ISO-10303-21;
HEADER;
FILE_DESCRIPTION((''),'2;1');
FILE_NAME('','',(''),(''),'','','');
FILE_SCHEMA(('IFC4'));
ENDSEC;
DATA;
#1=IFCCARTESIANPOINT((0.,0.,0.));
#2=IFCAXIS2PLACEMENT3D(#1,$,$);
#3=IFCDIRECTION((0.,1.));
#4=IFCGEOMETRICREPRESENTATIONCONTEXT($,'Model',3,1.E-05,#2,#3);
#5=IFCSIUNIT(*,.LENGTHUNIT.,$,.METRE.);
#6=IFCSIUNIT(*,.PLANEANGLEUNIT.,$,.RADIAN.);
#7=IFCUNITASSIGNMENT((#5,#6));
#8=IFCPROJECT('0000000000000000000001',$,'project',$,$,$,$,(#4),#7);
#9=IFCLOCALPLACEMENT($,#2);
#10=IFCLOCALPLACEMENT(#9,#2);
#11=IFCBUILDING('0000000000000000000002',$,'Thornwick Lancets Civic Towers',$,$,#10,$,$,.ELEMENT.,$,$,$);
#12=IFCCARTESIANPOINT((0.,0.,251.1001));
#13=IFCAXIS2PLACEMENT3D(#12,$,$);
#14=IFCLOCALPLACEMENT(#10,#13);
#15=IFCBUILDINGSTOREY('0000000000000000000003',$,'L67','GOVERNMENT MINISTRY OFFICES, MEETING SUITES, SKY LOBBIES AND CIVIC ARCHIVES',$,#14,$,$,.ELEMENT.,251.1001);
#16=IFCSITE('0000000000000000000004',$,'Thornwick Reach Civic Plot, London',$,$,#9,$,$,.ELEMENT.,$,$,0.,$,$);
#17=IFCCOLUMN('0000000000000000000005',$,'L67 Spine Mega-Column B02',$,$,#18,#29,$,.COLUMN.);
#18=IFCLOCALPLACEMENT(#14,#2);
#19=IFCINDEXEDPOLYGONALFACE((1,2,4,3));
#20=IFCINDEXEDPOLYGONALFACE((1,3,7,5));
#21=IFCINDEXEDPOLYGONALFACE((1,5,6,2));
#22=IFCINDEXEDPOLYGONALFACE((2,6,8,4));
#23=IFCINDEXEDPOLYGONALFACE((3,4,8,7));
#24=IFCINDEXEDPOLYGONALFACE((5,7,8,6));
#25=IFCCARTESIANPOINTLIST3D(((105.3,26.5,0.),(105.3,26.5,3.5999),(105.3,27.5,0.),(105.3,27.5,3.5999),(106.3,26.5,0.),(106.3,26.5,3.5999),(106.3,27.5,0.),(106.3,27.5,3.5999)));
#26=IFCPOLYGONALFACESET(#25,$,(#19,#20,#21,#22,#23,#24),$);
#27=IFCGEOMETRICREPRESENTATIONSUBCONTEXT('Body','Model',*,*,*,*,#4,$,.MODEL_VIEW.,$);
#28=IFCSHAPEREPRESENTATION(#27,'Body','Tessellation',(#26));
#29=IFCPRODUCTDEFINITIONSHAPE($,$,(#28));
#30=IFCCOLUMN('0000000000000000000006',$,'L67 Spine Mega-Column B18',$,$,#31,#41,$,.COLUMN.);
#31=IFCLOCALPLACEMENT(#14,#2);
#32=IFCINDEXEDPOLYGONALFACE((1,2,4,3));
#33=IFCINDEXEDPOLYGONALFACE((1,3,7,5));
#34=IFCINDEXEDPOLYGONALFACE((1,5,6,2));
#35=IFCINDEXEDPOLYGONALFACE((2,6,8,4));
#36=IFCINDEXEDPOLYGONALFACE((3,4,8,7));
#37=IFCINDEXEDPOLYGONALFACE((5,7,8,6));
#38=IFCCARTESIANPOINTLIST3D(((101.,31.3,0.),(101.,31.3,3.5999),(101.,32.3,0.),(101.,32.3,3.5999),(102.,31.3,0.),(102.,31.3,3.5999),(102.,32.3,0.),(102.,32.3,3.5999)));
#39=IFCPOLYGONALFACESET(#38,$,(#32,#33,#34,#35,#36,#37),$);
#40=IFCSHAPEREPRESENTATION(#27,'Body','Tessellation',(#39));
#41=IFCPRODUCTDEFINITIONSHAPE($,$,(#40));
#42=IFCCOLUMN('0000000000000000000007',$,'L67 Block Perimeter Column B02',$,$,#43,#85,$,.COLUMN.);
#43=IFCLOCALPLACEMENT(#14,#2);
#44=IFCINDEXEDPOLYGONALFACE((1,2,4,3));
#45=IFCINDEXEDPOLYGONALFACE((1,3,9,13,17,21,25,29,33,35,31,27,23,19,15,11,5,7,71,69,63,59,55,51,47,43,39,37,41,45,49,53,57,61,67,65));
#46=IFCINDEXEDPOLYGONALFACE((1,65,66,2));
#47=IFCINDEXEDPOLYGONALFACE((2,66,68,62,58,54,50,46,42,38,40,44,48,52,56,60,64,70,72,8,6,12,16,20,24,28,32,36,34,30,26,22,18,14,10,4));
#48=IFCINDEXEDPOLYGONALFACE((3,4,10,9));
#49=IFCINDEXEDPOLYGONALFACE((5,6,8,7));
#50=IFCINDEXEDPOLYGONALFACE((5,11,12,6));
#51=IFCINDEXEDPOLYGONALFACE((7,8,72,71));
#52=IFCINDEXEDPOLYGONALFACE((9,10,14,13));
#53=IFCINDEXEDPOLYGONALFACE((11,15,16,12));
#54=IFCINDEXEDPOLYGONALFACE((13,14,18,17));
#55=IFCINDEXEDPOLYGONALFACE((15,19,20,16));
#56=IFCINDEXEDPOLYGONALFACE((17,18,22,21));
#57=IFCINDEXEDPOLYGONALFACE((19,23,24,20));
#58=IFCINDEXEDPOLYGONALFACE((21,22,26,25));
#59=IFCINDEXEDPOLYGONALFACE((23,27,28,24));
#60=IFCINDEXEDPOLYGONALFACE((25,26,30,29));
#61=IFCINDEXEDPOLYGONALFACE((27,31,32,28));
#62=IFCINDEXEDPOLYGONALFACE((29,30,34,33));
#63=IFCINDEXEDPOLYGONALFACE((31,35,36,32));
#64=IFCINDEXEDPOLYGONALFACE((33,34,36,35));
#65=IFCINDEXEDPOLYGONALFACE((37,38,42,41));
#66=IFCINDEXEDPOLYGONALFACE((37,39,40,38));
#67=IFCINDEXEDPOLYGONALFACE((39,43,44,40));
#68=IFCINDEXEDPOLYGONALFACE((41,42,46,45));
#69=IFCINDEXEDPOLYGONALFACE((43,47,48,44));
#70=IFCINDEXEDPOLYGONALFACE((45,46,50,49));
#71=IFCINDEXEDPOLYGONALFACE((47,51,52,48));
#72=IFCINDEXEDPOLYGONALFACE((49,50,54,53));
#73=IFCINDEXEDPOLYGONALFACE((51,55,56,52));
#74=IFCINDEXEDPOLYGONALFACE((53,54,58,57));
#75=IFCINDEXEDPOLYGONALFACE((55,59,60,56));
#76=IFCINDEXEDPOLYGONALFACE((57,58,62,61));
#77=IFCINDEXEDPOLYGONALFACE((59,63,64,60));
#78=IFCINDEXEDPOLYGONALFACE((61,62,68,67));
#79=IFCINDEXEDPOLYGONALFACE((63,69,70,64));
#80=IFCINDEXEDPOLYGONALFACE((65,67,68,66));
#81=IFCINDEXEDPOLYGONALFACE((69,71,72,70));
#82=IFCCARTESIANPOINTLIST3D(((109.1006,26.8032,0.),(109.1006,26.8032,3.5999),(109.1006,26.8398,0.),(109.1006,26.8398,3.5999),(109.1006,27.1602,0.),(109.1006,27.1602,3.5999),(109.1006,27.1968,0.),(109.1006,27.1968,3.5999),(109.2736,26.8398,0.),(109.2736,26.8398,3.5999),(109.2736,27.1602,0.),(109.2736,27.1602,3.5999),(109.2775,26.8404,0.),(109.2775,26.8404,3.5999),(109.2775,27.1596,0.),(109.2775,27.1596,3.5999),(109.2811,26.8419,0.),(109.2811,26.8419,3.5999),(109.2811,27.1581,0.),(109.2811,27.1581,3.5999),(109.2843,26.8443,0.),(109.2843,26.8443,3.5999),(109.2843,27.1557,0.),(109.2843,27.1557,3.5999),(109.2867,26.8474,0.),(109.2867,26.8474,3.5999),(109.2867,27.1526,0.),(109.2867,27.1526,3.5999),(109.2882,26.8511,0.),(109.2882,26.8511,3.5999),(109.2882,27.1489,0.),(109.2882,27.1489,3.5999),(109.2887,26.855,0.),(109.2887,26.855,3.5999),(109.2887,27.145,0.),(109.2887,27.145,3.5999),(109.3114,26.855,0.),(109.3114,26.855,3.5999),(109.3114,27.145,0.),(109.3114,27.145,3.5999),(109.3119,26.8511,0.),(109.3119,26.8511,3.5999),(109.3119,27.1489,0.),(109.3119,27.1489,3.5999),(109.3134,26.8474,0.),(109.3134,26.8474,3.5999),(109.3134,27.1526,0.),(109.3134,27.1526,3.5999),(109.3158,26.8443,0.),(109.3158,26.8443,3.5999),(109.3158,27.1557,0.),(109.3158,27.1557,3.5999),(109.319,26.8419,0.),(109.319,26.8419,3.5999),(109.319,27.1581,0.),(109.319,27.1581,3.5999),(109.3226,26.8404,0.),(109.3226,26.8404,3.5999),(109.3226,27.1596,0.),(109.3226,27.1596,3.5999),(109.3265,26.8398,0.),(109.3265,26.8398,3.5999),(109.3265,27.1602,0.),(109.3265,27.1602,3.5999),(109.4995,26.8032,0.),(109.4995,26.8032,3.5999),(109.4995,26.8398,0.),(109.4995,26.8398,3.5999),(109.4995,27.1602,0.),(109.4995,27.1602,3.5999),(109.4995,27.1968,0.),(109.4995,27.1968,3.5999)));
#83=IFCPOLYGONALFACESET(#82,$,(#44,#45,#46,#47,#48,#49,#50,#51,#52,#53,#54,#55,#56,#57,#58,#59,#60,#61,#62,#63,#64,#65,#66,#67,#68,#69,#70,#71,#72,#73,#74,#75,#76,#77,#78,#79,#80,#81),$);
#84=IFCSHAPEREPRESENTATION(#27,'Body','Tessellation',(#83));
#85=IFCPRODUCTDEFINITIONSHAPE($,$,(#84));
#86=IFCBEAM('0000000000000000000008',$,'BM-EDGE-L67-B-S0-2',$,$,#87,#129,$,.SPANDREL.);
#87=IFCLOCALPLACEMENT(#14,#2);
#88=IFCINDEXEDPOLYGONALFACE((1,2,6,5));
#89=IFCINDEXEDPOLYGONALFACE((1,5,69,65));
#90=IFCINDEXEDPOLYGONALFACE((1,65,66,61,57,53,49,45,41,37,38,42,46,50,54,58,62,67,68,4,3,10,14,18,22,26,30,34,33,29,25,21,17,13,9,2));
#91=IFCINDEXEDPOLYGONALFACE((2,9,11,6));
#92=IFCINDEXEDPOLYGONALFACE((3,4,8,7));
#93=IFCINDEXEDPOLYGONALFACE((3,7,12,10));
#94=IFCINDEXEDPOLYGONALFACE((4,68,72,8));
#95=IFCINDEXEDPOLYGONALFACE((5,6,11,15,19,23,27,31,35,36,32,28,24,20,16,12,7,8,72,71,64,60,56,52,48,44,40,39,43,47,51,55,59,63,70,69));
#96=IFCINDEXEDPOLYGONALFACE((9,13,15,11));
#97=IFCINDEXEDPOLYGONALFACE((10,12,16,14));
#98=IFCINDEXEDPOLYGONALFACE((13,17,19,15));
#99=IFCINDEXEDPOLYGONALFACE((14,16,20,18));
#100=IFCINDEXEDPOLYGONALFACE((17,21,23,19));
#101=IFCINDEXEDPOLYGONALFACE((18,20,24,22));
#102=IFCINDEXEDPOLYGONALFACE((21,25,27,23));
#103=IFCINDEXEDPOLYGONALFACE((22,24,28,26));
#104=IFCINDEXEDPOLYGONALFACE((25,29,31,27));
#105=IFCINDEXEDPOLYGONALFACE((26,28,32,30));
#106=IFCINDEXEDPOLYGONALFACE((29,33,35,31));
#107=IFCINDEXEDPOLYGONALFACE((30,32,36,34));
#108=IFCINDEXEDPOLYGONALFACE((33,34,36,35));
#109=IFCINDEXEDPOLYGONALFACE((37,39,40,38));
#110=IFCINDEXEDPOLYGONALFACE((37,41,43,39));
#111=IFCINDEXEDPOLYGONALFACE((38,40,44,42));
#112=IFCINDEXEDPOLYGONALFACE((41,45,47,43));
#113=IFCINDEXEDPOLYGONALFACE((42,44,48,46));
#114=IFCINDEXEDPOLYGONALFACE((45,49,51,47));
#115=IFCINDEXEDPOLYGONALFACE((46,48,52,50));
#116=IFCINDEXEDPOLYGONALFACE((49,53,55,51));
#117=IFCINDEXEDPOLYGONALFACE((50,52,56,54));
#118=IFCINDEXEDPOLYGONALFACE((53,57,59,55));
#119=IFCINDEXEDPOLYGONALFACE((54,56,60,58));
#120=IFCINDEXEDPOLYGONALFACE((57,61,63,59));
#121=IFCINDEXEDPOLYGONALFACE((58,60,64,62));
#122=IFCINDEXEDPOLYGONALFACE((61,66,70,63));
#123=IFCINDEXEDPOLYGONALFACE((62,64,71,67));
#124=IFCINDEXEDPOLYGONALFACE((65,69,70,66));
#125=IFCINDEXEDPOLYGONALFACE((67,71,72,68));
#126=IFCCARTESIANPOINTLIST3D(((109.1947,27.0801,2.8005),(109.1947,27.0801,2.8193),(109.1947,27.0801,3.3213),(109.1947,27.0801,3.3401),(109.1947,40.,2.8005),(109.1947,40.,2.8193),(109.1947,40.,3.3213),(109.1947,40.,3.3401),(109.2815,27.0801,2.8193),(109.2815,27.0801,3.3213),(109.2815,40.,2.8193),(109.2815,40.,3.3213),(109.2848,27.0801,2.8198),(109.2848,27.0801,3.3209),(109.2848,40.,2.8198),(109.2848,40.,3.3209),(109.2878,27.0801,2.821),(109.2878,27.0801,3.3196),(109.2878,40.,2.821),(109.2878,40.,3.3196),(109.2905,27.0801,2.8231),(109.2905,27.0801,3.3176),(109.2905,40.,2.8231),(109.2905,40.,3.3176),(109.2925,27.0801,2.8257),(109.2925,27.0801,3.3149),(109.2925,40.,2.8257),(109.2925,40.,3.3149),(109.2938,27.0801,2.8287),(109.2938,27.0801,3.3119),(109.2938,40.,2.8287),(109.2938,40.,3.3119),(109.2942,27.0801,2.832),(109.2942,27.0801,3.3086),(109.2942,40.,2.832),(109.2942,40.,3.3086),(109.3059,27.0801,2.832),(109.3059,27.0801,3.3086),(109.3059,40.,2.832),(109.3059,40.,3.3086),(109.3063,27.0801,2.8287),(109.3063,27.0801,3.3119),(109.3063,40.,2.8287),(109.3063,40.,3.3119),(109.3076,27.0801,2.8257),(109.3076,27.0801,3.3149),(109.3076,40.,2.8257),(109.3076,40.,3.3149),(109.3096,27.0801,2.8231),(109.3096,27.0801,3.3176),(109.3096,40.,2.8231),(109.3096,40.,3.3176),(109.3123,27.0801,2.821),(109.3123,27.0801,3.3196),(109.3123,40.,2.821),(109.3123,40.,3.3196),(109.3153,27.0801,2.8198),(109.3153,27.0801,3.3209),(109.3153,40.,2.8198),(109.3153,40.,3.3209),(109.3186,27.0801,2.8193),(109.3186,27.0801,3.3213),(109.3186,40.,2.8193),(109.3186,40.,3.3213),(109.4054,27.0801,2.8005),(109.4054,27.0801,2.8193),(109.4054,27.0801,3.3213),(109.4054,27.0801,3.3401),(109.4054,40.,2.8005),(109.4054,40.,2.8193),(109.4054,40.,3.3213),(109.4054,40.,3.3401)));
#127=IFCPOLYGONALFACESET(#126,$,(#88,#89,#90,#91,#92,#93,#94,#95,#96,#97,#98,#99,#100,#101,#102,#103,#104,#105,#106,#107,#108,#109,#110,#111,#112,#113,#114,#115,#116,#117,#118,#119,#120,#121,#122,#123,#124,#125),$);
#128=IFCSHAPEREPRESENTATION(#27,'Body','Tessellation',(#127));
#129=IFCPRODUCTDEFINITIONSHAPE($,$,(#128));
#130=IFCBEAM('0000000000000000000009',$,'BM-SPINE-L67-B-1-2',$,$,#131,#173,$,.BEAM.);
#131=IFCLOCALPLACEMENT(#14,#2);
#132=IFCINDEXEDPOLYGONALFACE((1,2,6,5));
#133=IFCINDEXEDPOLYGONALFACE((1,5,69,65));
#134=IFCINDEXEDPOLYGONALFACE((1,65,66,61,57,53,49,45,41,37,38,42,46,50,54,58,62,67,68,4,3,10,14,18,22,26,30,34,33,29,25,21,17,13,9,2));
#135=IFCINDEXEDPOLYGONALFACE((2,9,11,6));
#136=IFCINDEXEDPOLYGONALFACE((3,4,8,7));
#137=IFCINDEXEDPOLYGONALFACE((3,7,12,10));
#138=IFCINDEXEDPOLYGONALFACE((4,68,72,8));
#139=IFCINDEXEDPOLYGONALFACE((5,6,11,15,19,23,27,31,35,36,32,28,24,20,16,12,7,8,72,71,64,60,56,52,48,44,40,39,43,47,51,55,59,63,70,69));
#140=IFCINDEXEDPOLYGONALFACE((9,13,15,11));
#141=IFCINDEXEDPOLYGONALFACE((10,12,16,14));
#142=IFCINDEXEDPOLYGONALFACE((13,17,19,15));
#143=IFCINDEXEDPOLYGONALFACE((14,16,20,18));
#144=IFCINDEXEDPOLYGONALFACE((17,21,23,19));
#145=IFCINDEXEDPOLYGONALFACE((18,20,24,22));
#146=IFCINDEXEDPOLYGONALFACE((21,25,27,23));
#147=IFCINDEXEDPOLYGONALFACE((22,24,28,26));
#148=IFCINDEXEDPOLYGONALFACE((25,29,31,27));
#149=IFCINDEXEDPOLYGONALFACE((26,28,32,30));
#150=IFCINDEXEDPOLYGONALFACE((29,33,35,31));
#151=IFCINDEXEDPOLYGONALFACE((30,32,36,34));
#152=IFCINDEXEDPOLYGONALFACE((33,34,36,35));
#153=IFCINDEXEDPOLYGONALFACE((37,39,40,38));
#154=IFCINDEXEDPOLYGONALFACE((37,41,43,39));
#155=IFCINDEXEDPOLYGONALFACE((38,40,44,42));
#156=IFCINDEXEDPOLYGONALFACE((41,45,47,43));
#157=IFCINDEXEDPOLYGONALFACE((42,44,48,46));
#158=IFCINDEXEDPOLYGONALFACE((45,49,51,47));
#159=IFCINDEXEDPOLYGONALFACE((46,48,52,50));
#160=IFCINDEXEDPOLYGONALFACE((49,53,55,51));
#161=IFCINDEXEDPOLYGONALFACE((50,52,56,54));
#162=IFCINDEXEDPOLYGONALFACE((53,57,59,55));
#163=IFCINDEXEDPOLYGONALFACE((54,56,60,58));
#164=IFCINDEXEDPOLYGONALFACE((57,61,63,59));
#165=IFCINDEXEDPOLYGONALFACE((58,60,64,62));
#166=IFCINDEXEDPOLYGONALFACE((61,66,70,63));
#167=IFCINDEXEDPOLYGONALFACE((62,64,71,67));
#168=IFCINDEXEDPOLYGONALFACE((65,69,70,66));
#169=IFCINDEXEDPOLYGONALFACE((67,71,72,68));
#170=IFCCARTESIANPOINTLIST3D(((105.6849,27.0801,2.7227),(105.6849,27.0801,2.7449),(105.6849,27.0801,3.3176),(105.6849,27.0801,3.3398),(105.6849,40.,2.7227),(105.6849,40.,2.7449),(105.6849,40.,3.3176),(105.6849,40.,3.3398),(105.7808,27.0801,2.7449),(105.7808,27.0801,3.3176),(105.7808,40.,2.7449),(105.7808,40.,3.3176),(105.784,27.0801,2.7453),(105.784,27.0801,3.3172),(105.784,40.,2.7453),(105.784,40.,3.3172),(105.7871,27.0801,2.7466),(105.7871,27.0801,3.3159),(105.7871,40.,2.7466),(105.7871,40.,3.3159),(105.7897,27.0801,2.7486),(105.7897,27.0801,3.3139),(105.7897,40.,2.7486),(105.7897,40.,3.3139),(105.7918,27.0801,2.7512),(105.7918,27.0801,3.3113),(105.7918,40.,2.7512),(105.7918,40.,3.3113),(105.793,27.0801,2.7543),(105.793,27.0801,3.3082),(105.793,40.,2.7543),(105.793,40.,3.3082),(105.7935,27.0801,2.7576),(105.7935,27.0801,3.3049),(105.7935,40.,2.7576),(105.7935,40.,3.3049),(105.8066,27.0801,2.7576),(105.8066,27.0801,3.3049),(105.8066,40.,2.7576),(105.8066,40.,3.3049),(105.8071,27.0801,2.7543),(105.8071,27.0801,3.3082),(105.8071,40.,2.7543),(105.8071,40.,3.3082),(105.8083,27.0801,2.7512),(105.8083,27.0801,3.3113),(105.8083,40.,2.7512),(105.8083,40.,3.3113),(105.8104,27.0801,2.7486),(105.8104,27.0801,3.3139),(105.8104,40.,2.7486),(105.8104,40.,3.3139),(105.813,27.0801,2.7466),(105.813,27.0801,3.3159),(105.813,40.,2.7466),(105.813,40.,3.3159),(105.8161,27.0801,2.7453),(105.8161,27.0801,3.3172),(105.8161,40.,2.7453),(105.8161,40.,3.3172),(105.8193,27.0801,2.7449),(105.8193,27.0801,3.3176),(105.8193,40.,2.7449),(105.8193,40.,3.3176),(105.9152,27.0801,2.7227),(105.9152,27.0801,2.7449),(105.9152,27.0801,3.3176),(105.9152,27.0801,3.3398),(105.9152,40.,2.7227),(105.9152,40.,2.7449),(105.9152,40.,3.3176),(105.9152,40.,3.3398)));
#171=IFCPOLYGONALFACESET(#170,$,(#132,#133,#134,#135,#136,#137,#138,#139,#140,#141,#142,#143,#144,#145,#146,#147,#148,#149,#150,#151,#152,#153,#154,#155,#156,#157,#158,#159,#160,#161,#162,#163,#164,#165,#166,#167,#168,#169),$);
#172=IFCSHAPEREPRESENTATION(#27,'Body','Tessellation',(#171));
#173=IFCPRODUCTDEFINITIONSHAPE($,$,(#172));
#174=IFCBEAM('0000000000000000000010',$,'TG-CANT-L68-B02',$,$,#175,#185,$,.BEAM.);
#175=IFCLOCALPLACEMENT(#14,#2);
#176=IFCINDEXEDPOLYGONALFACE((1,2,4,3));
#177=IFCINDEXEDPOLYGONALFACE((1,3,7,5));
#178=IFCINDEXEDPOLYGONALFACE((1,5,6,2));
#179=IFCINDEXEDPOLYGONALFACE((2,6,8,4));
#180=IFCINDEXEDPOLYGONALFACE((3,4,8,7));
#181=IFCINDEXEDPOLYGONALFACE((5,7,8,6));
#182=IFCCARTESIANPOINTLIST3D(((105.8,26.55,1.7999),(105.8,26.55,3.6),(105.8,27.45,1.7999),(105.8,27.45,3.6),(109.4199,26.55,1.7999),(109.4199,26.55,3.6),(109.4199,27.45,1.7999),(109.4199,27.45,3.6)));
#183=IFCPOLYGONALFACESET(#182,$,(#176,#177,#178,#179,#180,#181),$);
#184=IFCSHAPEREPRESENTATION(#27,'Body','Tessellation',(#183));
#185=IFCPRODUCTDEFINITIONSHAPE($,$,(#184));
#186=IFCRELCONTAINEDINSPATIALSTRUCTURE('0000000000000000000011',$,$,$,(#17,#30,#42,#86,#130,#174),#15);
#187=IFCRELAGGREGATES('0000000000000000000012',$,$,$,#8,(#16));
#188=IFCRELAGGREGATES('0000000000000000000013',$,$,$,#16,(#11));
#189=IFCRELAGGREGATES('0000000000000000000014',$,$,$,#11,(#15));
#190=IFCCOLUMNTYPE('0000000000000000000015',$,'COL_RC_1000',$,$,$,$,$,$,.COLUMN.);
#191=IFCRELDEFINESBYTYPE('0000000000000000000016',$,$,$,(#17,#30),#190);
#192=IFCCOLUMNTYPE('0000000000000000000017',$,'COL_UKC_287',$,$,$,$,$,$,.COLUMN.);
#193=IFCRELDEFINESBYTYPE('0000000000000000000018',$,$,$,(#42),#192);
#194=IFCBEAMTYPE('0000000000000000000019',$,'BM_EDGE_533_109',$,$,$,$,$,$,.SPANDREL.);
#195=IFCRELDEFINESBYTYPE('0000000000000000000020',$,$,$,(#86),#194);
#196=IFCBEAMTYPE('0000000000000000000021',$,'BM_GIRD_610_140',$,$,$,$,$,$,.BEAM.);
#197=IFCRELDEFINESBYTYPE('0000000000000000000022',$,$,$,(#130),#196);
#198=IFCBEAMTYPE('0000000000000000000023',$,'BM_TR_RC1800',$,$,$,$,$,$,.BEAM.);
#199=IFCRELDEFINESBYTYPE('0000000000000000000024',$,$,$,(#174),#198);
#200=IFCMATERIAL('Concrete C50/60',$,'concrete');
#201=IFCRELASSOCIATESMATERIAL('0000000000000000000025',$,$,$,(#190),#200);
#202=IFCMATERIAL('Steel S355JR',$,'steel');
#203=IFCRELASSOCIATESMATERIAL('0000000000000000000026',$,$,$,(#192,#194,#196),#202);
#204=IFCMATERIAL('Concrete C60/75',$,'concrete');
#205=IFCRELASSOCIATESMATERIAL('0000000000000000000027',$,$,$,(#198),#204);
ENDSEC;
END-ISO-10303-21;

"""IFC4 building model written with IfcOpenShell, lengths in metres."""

from ifc_helpers import new_model, si_unit, direction, frame, origin, origin_2d, place, context, subcontext, project, spatial, rectangle, i_section, extrude, material, material_profile, profile_set, type_object, element, save


model = new_model("IFC4")

# Units and contexts
model_context = context("Model", 3, precision=1e-05, world=origin(), true_north=direction((0.0, 1.0)))
body_context = subcontext(model_context, "Body", "Model", "MODEL_VIEW")
ifc_project = project(units=[si_unit("LENGTHUNIT", "METRE"), si_unit("PLANEANGLEUNIT", "RADIAN")], contexts=[model_context])

# Site, building, storey
site_placement = place(None, origin())
site = spatial("IfcSite", under=ifc_project, at=site_placement, Name="Thornwick Reach Civic Plot, London", CompositionType="ELEMENT", RefElevation=0.0)
building_placement = place(site_placement, origin())
building = spatial("IfcBuilding", under=site, at=building_placement, Name="Thornwick Lancets Civic Towers", CompositionType="ELEMENT")
storey_placement = place(building_placement, frame((0.0, 0.0, 251.1001)))
storey = spatial("IfcBuildingStorey", under=building, at=storey_placement, Name="L67", Description="GOVERNMENT MINISTRY OFFICES, MEETING SUITES, SKY LOBBIES AND CIVIC ARCHIVES", CompositionType="ELEMENT", Elevation=251.1001)

# Columns
ifc_material_1 = material(Name="Concrete C50/60", Category="concrete")
ifc_material_profile_1 = material_profile(ifc_material_1, rectangle(XDim=1.0, YDim=1.0, at=origin_2d()), Name="RC 1000x1000")
ifc_profile_set_1 = profile_set([ifc_material_profile_1], Name="Concrete C50/60")
column_type_1 = type_object("IfcColumnType", Name="COL_RC_1000", PredefinedType="COLUMN", material=ifc_profile_set_1)
for number, where, z_axis, x_axis, name in (
    (1, (105.8, 27.0, 0.0), (0.0, 0.0, 1.0), (1.0, 0.0, 0.0), "L67 Spine Mega-Column B02"),
    (2, (101.5, 31.8, 0.0), (0.0, 0.0, 1.0), (1.0, 0.0, 0.0), "L67 Spine Mega-Column B18"),
):
    element("IfcColumn", number, at=place(storey_placement, frame(where, z_axis=z_axis, x_axis=x_axis)), inside=storey, type_object=column_type_1, Name=name, PredefinedType="COLUMN", context=body_context, shape_type="SweptSolid", body=[
        extrude(rectangle(XDim=1.0, YDim=1.0, at=origin_2d()), origin(), (0.0, 0.0, 1.0), 3.5999),
    ])
ifc_material_2 = material(Name="Steel S355JR", Category="steel")
ifc_material_profile_2 = material_profile(ifc_material_2, i_section(OverallWidth=0.3989, OverallDepth=0.3936, WebThickness=0.0227, FlangeThickness=0.0366, FilletRadius=0.0151, at=origin_2d()), Name="UKC 356x406x287")
ifc_profile_set_2 = profile_set([ifc_material_profile_2], Name="Steel S355JR")
column_type_2 = type_object("IfcColumnType", Name="COL_UKC_287", PredefinedType="COLUMN", material=ifc_profile_set_2)
column_placement = place(storey_placement, frame((109.3, 27.0, 0.0), z_axis=(0.0, 0.0, 1.0), x_axis=(1.0, 0.0, 0.0)))
element("IfcColumn", 3, at=column_placement, inside=storey, type_object=column_type_2, Name="L67 Block Perimeter Column B02", PredefinedType="COLUMN", context=body_context, shape_type="SweptSolid", body=[
    extrude(i_section(OverallWidth=0.3989, OverallDepth=0.3936, WebThickness=0.0227, FlangeThickness=0.0366, FilletRadius=0.0151, at=origin_2d()), origin(), (0.0, 0.0, 1.0), 3.5999),
])

# Beams
ifc_material_profile_3 = material_profile(ifc_material_2, i_section(OverallWidth=0.2107, OverallDepth=0.5396, WebThickness=0.0117, FlangeThickness=0.0188, FilletRadius=0.0127, at=origin_2d()), Name="UKB 533x210x109")
ifc_profile_set_3 = profile_set([ifc_material_profile_3], Name="Steel S355JR")
beam_type_1 = type_object("IfcBeamType", Name="BM_EDGE_533_109", PredefinedType="SPANDREL", material=ifc_profile_set_3)
beam_1_placement = place(storey_placement, frame((109.3, 27.0801, 3.0703), z_axis=(0.0, 1.0, 0.0), x_axis=(-1.0, 0.0, 0.0)))
element("IfcBeam", 4, at=beam_1_placement, inside=storey, type_object=beam_type_1, Name="BM-EDGE-L67-B-S0-2", PredefinedType="SPANDREL", context=body_context, shape_type="SweptSolid", body=[
    extrude(i_section(OverallWidth=0.2107, OverallDepth=0.5396, WebThickness=0.0117, FlangeThickness=0.0188, FilletRadius=0.0127, at=origin_2d()), origin(), (0.0, 0.0, 1.0), 12.9199),
])
ifc_material_profile_4 = material_profile(ifc_material_2, i_section(OverallWidth=0.2302, OverallDepth=0.6172, WebThickness=0.0132, FlangeThickness=0.0222, FilletRadius=0.0127, at=origin_2d()), Name="UKB 610x229x140")
ifc_profile_set_4 = profile_set([ifc_material_profile_4], Name="Steel S355JR")
beam_type_2 = type_object("IfcBeamType", Name="BM_GIRD_610_140", PredefinedType="BEAM", material=ifc_profile_set_4)
beam_2_placement = place(storey_placement, frame((105.8, 27.0801, 3.0312), z_axis=(0.0, 1.0, 0.0), x_axis=(-1.0, 0.0, 0.0)))
element("IfcBeam", 5, at=beam_2_placement, inside=storey, type_object=beam_type_2, Name="BM-SPINE-L67-B-1-2", PredefinedType="BEAM", context=body_context, shape_type="SweptSolid", body=[
    extrude(i_section(OverallWidth=0.2302, OverallDepth=0.6172, WebThickness=0.0132, FlangeThickness=0.0222, FilletRadius=0.0127, at=origin_2d()), origin(), (0.0, 0.0, 1.0), 12.9199),
])
ifc_material_3 = material(Name="Concrete C60/75", Category="concrete")
ifc_material_profile_5 = material_profile(ifc_material_3, rectangle(XDim=0.8999, YDim=1.8, at=origin_2d()), Name="RC 900x1800")
ifc_profile_set_5 = profile_set([ifc_material_profile_5], Name="Concrete C60/75")
beam_type_3 = type_object("IfcBeamType", Name="BM_TR_RC1800", PredefinedType="BEAM", material=ifc_profile_set_5)
beam_3_placement = place(storey_placement, frame((105.8, 27.0, 2.7), z_axis=(1.0, 0.0, 0.0), x_axis=(0.0, 1.0, 0.0)))
element("IfcBeam", 6, at=beam_3_placement, inside=storey, type_object=beam_type_3, Name="TG-CANT-L68-B02", PredefinedType="BEAM", context=body_context, shape_type="SweptSolid", body=[
    extrude(rectangle(XDim=0.8999, YDim=1.8, at=origin_2d()), origin(), (0.0, 0.0, 1.0), 3.6199),
])

save(model, "model.ifc")
